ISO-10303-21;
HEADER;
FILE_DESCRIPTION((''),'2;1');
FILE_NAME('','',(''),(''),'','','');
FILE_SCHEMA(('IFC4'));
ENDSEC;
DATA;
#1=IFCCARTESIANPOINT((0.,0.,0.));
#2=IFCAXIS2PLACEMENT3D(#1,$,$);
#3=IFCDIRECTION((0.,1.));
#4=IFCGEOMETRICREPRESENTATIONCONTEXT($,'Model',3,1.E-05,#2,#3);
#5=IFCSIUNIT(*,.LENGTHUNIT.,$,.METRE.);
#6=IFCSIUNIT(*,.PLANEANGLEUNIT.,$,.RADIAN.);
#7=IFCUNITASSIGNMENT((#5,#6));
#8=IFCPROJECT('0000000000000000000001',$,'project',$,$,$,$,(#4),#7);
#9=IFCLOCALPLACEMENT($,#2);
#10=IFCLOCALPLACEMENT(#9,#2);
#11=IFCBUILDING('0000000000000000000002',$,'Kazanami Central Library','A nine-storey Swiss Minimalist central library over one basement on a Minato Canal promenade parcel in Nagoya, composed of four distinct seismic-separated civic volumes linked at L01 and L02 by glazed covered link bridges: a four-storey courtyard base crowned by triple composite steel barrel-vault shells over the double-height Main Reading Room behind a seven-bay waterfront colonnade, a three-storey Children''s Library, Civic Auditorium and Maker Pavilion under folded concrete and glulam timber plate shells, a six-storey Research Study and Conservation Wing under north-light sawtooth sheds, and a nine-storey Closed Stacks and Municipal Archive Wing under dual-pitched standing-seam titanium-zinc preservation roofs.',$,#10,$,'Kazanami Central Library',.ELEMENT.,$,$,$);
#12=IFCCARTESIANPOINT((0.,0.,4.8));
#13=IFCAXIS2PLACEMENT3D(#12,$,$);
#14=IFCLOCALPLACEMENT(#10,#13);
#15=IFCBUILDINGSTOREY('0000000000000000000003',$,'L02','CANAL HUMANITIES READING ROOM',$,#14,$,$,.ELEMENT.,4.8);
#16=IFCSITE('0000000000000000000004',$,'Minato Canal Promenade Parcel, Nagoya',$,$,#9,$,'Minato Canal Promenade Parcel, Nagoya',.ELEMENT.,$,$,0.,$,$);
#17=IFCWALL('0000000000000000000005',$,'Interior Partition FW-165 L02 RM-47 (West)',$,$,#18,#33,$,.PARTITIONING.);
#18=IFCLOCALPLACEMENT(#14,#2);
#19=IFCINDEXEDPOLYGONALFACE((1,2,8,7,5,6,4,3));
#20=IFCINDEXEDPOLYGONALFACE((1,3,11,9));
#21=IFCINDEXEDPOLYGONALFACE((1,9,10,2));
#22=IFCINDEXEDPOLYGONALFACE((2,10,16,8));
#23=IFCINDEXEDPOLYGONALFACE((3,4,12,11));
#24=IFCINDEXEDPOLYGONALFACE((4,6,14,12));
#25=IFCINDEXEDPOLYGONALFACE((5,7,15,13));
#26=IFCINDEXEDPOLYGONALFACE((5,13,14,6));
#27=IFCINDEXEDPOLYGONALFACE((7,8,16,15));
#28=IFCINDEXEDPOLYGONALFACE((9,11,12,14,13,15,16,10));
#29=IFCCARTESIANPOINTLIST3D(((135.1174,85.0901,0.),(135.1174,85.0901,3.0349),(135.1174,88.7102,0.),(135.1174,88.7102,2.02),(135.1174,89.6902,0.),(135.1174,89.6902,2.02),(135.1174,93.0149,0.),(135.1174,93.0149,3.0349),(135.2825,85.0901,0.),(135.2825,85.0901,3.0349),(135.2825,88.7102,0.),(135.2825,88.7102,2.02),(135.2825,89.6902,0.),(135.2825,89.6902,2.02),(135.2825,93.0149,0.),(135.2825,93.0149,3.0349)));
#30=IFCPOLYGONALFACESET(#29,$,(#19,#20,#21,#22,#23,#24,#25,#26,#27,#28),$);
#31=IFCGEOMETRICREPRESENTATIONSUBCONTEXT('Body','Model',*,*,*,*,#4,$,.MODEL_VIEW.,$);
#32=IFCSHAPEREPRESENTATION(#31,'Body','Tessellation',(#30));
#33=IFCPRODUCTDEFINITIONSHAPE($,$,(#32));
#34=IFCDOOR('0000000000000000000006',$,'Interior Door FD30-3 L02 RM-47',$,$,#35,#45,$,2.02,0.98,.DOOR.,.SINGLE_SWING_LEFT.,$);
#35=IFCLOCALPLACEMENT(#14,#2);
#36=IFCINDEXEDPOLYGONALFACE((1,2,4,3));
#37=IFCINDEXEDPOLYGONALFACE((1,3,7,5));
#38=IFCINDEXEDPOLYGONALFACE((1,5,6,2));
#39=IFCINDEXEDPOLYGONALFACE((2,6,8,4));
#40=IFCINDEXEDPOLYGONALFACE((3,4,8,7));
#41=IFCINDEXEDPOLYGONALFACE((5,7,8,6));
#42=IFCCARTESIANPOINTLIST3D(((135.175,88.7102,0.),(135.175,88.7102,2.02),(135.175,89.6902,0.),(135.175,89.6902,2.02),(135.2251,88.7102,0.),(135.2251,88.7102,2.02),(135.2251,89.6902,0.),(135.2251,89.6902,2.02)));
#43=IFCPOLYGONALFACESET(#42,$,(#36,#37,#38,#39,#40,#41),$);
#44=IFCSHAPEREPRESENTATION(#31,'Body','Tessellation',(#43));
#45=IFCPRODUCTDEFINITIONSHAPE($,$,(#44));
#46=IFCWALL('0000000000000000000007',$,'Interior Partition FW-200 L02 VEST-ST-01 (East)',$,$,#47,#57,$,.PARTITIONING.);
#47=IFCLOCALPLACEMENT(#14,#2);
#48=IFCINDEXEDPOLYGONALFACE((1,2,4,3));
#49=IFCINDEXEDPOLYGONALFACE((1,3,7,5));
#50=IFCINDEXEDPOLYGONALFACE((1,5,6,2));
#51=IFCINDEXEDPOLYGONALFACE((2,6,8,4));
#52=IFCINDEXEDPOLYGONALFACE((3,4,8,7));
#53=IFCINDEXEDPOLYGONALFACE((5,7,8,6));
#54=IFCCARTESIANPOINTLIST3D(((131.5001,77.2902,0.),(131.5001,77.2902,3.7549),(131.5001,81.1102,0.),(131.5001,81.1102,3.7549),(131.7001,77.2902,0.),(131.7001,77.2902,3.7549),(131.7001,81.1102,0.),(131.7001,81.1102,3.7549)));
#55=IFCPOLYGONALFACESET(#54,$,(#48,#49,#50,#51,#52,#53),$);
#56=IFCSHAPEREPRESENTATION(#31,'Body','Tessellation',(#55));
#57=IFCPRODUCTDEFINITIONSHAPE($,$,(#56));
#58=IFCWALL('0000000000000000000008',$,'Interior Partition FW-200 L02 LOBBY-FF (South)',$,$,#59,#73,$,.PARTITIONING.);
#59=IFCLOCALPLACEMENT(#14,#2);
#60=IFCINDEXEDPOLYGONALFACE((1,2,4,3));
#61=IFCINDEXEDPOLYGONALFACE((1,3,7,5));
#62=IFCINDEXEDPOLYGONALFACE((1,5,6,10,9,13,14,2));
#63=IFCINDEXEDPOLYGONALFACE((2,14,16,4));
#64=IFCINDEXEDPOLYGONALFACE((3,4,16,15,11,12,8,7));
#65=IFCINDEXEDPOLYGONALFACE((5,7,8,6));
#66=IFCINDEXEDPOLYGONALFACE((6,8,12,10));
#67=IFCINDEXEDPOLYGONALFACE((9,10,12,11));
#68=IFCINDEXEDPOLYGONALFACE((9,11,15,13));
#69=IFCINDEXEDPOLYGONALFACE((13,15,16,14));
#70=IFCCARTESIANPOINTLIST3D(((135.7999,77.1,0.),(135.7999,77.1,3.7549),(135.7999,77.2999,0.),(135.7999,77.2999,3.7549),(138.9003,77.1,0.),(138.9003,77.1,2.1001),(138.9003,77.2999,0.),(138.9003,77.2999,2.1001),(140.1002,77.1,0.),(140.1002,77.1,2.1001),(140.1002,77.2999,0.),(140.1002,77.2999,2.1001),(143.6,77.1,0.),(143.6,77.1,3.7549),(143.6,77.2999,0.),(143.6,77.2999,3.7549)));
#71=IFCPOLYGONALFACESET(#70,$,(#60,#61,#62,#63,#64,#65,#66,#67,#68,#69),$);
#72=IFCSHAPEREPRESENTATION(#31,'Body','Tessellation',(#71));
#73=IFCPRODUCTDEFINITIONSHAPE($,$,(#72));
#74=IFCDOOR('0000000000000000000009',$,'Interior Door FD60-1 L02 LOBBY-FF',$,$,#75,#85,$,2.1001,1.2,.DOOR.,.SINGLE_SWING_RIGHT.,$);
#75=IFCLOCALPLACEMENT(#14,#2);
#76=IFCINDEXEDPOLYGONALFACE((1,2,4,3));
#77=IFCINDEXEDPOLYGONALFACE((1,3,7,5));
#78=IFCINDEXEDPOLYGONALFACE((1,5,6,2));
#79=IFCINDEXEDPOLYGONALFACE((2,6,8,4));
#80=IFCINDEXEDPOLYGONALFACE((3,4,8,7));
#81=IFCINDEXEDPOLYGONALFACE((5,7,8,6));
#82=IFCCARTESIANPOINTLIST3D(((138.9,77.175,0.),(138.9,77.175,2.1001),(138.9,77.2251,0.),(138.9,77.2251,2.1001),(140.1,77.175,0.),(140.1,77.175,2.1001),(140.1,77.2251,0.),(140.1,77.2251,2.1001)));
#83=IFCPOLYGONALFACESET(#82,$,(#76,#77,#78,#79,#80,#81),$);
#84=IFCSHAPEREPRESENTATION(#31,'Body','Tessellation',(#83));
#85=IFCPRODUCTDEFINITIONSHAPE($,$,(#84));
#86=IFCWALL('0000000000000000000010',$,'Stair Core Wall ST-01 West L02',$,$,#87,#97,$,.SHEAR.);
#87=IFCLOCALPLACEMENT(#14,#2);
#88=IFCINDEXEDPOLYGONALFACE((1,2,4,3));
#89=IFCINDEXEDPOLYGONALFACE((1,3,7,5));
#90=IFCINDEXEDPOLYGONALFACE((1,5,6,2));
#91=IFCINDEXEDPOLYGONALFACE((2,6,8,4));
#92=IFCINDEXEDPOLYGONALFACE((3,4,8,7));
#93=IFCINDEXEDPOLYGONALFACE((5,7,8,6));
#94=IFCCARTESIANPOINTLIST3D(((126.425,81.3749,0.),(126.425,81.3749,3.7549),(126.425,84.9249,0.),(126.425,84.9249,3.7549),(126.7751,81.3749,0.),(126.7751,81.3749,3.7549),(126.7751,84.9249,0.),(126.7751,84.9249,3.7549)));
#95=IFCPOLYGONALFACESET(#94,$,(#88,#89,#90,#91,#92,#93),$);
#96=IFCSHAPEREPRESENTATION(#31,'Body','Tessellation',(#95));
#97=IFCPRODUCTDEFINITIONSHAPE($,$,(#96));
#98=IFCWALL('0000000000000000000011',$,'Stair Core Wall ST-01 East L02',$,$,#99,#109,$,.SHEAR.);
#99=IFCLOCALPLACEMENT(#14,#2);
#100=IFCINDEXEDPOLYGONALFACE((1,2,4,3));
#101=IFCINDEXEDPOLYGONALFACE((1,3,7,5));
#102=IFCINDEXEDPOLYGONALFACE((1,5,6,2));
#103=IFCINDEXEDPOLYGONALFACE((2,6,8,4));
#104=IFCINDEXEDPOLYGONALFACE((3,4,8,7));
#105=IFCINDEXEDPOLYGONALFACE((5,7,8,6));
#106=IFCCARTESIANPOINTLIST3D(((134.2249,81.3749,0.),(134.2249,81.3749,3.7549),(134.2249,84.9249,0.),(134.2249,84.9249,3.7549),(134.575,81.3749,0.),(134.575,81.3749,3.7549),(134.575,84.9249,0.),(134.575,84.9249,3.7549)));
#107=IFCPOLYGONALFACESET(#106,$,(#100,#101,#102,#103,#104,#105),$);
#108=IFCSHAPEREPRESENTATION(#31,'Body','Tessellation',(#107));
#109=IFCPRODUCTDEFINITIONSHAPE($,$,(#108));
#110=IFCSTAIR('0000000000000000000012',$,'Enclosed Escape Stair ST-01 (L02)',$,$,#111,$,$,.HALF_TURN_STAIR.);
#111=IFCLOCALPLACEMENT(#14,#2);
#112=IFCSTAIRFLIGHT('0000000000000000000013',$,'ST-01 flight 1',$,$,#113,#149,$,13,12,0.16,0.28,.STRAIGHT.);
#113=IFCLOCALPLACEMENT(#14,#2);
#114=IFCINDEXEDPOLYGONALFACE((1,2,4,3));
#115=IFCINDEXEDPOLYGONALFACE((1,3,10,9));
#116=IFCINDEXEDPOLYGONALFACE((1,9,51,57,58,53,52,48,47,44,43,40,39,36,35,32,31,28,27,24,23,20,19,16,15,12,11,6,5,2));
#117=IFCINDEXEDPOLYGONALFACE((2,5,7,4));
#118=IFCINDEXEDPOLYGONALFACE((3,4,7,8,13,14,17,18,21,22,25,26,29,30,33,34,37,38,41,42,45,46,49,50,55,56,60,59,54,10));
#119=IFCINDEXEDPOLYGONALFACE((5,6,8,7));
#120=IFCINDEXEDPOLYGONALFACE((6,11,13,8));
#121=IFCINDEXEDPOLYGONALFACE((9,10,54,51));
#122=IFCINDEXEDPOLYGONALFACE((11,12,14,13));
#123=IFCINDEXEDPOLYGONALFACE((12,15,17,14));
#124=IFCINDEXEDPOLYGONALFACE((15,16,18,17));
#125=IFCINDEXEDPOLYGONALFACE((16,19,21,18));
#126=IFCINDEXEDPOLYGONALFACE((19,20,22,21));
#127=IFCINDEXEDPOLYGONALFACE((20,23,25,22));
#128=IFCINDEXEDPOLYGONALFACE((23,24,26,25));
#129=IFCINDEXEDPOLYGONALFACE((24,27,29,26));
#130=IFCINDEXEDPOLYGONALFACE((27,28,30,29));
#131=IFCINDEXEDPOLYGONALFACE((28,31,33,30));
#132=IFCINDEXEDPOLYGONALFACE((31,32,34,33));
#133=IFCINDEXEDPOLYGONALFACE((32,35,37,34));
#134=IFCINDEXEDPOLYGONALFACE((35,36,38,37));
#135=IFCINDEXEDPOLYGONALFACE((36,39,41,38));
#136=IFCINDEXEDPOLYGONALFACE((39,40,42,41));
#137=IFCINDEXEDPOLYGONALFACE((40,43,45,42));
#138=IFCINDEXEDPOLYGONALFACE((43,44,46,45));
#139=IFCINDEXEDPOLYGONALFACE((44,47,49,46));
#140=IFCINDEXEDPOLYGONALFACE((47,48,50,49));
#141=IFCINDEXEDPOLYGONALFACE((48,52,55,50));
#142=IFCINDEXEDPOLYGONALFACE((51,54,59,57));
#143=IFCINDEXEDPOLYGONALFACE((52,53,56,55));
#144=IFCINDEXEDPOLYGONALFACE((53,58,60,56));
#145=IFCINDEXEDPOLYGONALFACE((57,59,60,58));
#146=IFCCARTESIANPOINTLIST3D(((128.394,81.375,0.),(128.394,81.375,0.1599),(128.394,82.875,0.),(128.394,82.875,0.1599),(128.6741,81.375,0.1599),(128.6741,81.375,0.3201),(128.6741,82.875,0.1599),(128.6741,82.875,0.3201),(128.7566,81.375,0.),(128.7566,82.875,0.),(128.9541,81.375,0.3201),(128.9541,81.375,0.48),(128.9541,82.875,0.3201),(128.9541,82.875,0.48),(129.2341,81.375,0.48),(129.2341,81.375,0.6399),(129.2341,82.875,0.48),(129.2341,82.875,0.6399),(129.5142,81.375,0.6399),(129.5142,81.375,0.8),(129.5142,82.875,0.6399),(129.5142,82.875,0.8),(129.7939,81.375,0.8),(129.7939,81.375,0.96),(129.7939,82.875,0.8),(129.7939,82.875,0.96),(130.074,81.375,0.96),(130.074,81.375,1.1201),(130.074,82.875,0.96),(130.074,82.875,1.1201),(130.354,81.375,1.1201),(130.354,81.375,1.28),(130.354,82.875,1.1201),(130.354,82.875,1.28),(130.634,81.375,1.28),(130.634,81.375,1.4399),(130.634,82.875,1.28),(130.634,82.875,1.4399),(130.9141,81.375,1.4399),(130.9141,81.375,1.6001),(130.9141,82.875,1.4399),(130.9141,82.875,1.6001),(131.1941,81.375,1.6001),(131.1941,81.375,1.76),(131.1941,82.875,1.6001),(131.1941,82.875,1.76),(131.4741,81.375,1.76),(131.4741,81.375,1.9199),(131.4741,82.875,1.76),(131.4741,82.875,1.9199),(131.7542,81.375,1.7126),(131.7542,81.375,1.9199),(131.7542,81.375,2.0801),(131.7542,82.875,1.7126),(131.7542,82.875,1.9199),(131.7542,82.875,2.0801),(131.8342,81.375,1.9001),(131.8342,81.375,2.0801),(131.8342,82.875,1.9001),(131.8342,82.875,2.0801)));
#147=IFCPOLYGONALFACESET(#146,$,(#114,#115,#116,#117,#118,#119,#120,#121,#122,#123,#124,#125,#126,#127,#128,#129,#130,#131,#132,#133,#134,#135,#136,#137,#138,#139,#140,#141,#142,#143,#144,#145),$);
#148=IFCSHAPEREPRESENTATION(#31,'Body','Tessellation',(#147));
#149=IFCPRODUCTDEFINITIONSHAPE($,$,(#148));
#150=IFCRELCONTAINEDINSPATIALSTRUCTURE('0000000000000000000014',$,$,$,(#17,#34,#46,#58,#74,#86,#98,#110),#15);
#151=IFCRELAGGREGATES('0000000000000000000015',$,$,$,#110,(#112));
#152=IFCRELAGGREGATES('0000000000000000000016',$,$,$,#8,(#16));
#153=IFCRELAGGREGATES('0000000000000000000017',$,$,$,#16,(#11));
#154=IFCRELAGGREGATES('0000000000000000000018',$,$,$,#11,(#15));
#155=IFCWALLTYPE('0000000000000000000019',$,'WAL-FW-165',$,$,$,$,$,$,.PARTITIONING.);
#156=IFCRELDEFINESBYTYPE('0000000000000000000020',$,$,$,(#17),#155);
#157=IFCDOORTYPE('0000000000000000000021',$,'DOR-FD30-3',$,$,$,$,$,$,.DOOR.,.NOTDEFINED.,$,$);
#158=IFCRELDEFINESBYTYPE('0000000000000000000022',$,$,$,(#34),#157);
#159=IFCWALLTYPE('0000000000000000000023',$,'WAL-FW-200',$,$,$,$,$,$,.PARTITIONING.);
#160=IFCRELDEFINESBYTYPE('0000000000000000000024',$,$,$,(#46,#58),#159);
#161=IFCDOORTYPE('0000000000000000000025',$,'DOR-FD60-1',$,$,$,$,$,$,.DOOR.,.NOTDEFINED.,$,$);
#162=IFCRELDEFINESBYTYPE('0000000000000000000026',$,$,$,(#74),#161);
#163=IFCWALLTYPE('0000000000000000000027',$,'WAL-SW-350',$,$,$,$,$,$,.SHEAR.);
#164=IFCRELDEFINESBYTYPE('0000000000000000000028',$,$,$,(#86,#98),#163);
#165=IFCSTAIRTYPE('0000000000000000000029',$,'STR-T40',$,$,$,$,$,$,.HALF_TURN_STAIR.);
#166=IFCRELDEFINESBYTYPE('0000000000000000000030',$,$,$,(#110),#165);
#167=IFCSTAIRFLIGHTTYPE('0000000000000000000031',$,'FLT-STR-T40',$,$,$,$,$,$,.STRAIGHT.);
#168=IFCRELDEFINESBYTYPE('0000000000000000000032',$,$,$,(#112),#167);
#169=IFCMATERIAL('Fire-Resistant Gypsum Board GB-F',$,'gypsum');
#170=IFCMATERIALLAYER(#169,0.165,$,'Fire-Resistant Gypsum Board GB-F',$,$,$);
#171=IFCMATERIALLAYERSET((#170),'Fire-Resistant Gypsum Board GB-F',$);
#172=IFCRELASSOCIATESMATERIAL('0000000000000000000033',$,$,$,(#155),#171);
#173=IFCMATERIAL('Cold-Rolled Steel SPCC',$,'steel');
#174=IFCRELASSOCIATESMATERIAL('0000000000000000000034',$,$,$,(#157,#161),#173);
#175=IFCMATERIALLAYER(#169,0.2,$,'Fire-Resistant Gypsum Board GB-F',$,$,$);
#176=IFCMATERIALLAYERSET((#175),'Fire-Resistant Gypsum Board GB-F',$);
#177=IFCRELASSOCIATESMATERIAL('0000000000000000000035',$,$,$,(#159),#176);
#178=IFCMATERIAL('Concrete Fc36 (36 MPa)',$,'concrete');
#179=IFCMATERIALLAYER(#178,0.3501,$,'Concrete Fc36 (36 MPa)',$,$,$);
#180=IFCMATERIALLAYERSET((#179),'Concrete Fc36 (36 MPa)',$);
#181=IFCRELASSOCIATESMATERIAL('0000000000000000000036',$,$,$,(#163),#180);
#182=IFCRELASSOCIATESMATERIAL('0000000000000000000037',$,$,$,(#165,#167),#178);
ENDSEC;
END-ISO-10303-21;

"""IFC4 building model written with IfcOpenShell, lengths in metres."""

from ifc_helpers import new_model, si_unit, direction, frame, frame_2d, origin, place, context, subcontext, project, spatial, polyline, rectangle, outline, extrude, material, layer, layer_set, type_object, element, fill, aggregate, save


model = new_model("IFC4")

# Units and contexts
model_context = context("Model", 3, precision=1e-05, world=origin(), true_north=direction((0.0, 1.0)))
body_context = subcontext(model_context, "Body", "Model", "MODEL_VIEW")
ifc_project = project(units=[si_unit("LENGTHUNIT", "METRE"), si_unit("PLANEANGLEUNIT", "RADIAN")], contexts=[model_context])

# Site, building, storey
site_placement = place(None, origin())
site = spatial("IfcSite", under=ifc_project, at=site_placement, Name="Minato Canal Promenade Parcel, Nagoya", LongName="Minato Canal Promenade Parcel, Nagoya", CompositionType="ELEMENT", RefElevation=0.0)
building_placement = place(site_placement, origin())
building = spatial("IfcBuilding", under=site, at=building_placement, Name="Kazanami Central Library", Description="A nine-storey Swiss Minimalist central library over one basement on a Minato Canal promenade parcel in Nagoya, composed of four distinct seismic-separated civic volumes linked at L01 and L02 by glazed covered link bridges: a four-storey courtyard base crowned by triple composite steel barrel-vault shells over the double-height Main Reading Room behind a seven-bay waterfront colonnade, a three-storey Children's Library, Civic Auditorium and Maker Pavilion under folded concrete and glulam timber plate shells, a six-storey Research Study and Conservation Wing under north-light sawtooth sheds, and a nine-storey Closed Stacks and Municipal Archive Wing under dual-pitched standing-seam titanium-zinc preservation roofs.", LongName="Kazanami Central Library", CompositionType="ELEMENT")
storey_placement = place(building_placement, frame((0.0, 0.0, 4.8)))
storey = spatial("IfcBuildingStorey", under=building, at=storey_placement, Name="L02", Description="CANAL HUMANITIES READING ROOM", CompositionType="ELEMENT", Elevation=4.8)

# Wall, opening, door
ifc_material_1 = material(Name="Fire-Resistant Gypsum Board GB-F", Category="gypsum")
ifc_layer_1 = layer(ifc_material_1, 0.165, Name="Fire-Resistant Gypsum Board GB-F")
ifc_layer_set_1 = layer_set([ifc_layer_1], Name="Fire-Resistant Gypsum Board GB-F")
wall_type_1 = type_object("IfcWallType", Name="WAL-FW-165", PredefinedType="PARTITIONING", material=ifc_layer_set_1)
wall_1_placement = place(storey_placement, frame((135.2, 85.0901, 0.0), z_axis=(0.0, 0.0, 1.0), x_axis=(0.0, 1.0, 0.0)))
wall_1 = element("IfcWall", 1, at=wall_1_placement, inside=storey, type_object=wall_type_1, Name="Interior Partition FW-165 L02 RM-47 (West)", PredefinedType="PARTITIONING", context=body_context, shape_type="SweptSolid", body=[
    extrude(rectangle(XDim=7.9248, YDim=0.165, at=frame_2d((3.9624, 0.0))), origin(), (0.0, 0.0, 1.0), 3.0349),
])
opening_1_placement = place(wall_1_placement, frame((3.6201, 0.0, 0.0)))
opening_1 = element("IfcOpeningElement", 2, at=opening_1_placement, cuts=wall_1, PredefinedType="OPENING", context=body_context, shape_type="SweptSolid", body=[
    extrude(rectangle(XDim=0.98, YDim=2.02, at=frame_2d((0.49, 1.01))), frame((0.0, 0.0945, 0.0), z_axis=(0.0, -1.0, 0.0), x_axis=(1.0, 0.0, 0.0)), (0.0, 0.0, 1.0), 0.189),
])
ifc_material_2 = material(Name="Cold-Rolled Steel SPCC", Category="steel")
door_type_1 = type_object("IfcDoorType", Name="DOR-FD30-3", OperationType="NOTDEFINED", PredefinedType="DOOR", material=ifc_material_2)
door_1_placement = place(opening_1_placement, origin())
door_1 = element("IfcDoor", 3, at=door_1_placement, inside=storey, type_object=door_type_1, Name="Interior Door FD30-3 L02 RM-47", OperationType="SINGLE_SWING_LEFT", OverallHeight=2.02, OverallWidth=0.98, PredefinedType="DOOR", context=body_context, shape_type="SweptSolid", body=[
    extrude(rectangle(XDim=0.98, YDim=2.02, at=frame_2d((0.49, 1.01))), frame((0.0, 0.0249, 0.0), z_axis=(0.0, -1.0, 0.0), x_axis=(1.0, 0.0, 0.0)), (0.0, 0.0, 1.0), 0.05),
])
fill(opening_1, door_1)

# Wall
ifc_layer_2 = layer(ifc_material_1, 0.2, Name="Fire-Resistant Gypsum Board GB-F")
ifc_layer_set_2 = layer_set([ifc_layer_2], Name="Fire-Resistant Gypsum Board GB-F")
wall_type_2 = type_object("IfcWallType", Name="WAL-FW-200", PredefinedType="PARTITIONING", material=ifc_layer_set_2)
wall_2_placement = place(storey_placement, frame((131.6001, 77.29, 0.0), z_axis=(0.0, 0.0, 1.0), x_axis=(0.0, 1.0, 0.0)))
element("IfcWall", 4, at=wall_2_placement, inside=storey, type_object=wall_type_2, Name="Interior Partition FW-200 L02 VEST-ST-01 (East)", PredefinedType="PARTITIONING", context=body_context, shape_type="SweptSolid", body=[
    extrude(rectangle(XDim=3.8201, YDim=0.2, at=frame_2d((1.9102, 0.0))), origin(), (0.0, 0.0, 1.0), 3.7549),
])

# Wall, opening, door
wall_3_placement = place(storey_placement, frame((135.8, 77.2, 0.0), z_axis=(0.0, 0.0, 1.0), x_axis=(1.0, 0.0, 0.0)))
wall_3 = element("IfcWall", 5, at=wall_3_placement, inside=storey, type_object=wall_type_2, Name="Interior Partition FW-200 L02 LOBBY-FF (South)", PredefinedType="PARTITIONING", context=body_context, shape_type="SweptSolid", body=[
    extrude(rectangle(XDim=7.8, YDim=0.2, at=frame_2d((3.8999, 0.0))), origin(), (0.0, 0.0, 1.0), 3.7549),
])
opening_2_placement = place(wall_3_placement, frame((3.1001, 0.0, 0.0)))
opening_2 = element("IfcOpeningElement", 6, at=opening_2_placement, cuts=wall_3, PredefinedType="OPENING", context=body_context, shape_type="SweptSolid", body=[
    extrude(rectangle(XDim=1.2, YDim=2.1001, at=frame_2d((0.6001, 1.05))), frame((0.0, 0.1118, 0.0), z_axis=(0.0, -1.0, 0.0), x_axis=(1.0, 0.0, 0.0)), (0.0, 0.0, 1.0), 0.2239),
])
door_type_2 = type_object("IfcDoorType", Name="DOR-FD60-1", OperationType="NOTDEFINED", PredefinedType="DOOR", material=ifc_material_2)
door_2_placement = place(opening_2_placement, frame((1.2, 0.0, 0.0), z_axis=(0.0, 0.0, 1.0), x_axis=(-1.0, 0.0, 0.0)))
door_2 = element("IfcDoor", 7, at=door_2_placement, inside=storey, type_object=door_type_2, Name="Interior Door FD60-1 L02 LOBBY-FF", OperationType="SINGLE_SWING_RIGHT", OverallHeight=2.1001, OverallWidth=1.2, PredefinedType="DOOR", context=body_context, shape_type="SweptSolid", body=[
    extrude(rectangle(XDim=1.2, YDim=2.1001, at=frame_2d((0.6001, 1.05))), frame((0.0, 0.0249, 0.0), z_axis=(0.0, -1.0, 0.0), x_axis=(1.0, 0.0, 0.0)), (0.0, 0.0, 1.0), 0.05),
])
fill(opening_2, door_2)

# Walls
ifc_material_3 = material(Name="Concrete Fc36 (36 MPa)", Category="concrete")
ifc_layer_3 = layer(ifc_material_3, 0.3501, Name="Concrete Fc36 (36 MPa)")
ifc_layer_set_3 = layer_set([ifc_layer_3], Name="Concrete Fc36 (36 MPa)")
wall_type_3 = type_object("IfcWallType", Name="WAL-SW-350", PredefinedType="SHEAR", material=ifc_layer_set_3)
for number, where, z_axis, x_axis, name in (
    (8, (126.6001, 81.375, 0.0), (0.0, 0.0, 1.0), (0.0, 1.0, 0.0), "Stair Core Wall ST-01 West L02"),
    (9, (134.3999, 81.375, 0.0), (0.0, 0.0, 1.0), (0.0, 1.0, 0.0), "Stair Core Wall ST-01 East L02"),
):
    element("IfcWall", number, at=place(storey_placement, frame(where, z_axis=z_axis, x_axis=x_axis)), inside=storey, type_object=wall_type_3, Name=name, PredefinedType="SHEAR", context=body_context, shape_type="SweptSolid", body=[
        extrude(rectangle(XDim=3.55, YDim=0.3501, at=frame_2d((1.7749, 0.0))), origin(), (0.0, 0.0, 1.0), 3.7549),
    ])

# Stair, stair flight
stair_type = type_object("IfcStairType", Name="STR-T40", PredefinedType="HALF_TURN_STAIR", material=ifc_material_3)
stair_placement = place(storey_placement, origin())
stair = element("IfcStair", 10, at=stair_placement, inside=storey, type_object=stair_type, Name="Enclosed Escape Stair ST-01 (L02)", PredefinedType="HALF_TURN_STAIR")
stair_flight_type = type_object("IfcStairFlightType", Name="FLT-STR-T40", PredefinedType="STRAIGHT", material=ifc_material_3)
stair_flight_1_placement = place(storey_placement, frame((128.394, 82.125, 0.0), z_axis=(0.0, 0.0, 1.0), x_axis=(1.0, 0.0, 0.0)))
stair_flight_1 = element("IfcStairFlight", 11, at=stair_flight_1_placement, type_object=stair_flight_type, Name="ST-01 flight 1", NumberOfRisers=13, NumberOfTreads=12, PredefinedType="STRAIGHT", RiserHeight=0.16, TreadLength=0.28, context=body_context, shape_type="SweptSolid", body=[
    extrude(outline(polyline([(0.0, 0.0), (0.0, 0.1599), (0.28, 0.1599), (0.28, 0.3201), (0.5601, 0.3201), (0.5601, 0.48), (0.8401, 0.48), (0.8401, 0.6399), (1.1201, 0.6399), (1.1201, 0.8), (1.3999, 0.8), (1.3999, 0.96), (1.6799, 0.96), (1.6799, 1.1201), (1.96, 1.1201), (1.96, 1.28), (2.24, 1.28), (2.24, 1.4399), (2.52, 1.4399), (2.52, 1.6001), (2.8, 1.6001), (2.8, 1.76), (3.0801, 1.76), (3.0801, 1.9199), (3.3601, 1.9199), (3.3601, 2.0801), (3.4402, 2.0801), (3.4402, 1.9001), (3.3601, 1.7126), (0.3625, 0.0), (0.0, 0.0)])), frame((0.0, 0.75, 0.0), z_axis=(0.0, -1.0, 0.0), x_axis=(1.0, 0.0, 0.0)), (0.0, 0.0, 1.0), 1.5),
])
aggregate(stair, [stair_flight_1])

save(model, "model.ifc")
